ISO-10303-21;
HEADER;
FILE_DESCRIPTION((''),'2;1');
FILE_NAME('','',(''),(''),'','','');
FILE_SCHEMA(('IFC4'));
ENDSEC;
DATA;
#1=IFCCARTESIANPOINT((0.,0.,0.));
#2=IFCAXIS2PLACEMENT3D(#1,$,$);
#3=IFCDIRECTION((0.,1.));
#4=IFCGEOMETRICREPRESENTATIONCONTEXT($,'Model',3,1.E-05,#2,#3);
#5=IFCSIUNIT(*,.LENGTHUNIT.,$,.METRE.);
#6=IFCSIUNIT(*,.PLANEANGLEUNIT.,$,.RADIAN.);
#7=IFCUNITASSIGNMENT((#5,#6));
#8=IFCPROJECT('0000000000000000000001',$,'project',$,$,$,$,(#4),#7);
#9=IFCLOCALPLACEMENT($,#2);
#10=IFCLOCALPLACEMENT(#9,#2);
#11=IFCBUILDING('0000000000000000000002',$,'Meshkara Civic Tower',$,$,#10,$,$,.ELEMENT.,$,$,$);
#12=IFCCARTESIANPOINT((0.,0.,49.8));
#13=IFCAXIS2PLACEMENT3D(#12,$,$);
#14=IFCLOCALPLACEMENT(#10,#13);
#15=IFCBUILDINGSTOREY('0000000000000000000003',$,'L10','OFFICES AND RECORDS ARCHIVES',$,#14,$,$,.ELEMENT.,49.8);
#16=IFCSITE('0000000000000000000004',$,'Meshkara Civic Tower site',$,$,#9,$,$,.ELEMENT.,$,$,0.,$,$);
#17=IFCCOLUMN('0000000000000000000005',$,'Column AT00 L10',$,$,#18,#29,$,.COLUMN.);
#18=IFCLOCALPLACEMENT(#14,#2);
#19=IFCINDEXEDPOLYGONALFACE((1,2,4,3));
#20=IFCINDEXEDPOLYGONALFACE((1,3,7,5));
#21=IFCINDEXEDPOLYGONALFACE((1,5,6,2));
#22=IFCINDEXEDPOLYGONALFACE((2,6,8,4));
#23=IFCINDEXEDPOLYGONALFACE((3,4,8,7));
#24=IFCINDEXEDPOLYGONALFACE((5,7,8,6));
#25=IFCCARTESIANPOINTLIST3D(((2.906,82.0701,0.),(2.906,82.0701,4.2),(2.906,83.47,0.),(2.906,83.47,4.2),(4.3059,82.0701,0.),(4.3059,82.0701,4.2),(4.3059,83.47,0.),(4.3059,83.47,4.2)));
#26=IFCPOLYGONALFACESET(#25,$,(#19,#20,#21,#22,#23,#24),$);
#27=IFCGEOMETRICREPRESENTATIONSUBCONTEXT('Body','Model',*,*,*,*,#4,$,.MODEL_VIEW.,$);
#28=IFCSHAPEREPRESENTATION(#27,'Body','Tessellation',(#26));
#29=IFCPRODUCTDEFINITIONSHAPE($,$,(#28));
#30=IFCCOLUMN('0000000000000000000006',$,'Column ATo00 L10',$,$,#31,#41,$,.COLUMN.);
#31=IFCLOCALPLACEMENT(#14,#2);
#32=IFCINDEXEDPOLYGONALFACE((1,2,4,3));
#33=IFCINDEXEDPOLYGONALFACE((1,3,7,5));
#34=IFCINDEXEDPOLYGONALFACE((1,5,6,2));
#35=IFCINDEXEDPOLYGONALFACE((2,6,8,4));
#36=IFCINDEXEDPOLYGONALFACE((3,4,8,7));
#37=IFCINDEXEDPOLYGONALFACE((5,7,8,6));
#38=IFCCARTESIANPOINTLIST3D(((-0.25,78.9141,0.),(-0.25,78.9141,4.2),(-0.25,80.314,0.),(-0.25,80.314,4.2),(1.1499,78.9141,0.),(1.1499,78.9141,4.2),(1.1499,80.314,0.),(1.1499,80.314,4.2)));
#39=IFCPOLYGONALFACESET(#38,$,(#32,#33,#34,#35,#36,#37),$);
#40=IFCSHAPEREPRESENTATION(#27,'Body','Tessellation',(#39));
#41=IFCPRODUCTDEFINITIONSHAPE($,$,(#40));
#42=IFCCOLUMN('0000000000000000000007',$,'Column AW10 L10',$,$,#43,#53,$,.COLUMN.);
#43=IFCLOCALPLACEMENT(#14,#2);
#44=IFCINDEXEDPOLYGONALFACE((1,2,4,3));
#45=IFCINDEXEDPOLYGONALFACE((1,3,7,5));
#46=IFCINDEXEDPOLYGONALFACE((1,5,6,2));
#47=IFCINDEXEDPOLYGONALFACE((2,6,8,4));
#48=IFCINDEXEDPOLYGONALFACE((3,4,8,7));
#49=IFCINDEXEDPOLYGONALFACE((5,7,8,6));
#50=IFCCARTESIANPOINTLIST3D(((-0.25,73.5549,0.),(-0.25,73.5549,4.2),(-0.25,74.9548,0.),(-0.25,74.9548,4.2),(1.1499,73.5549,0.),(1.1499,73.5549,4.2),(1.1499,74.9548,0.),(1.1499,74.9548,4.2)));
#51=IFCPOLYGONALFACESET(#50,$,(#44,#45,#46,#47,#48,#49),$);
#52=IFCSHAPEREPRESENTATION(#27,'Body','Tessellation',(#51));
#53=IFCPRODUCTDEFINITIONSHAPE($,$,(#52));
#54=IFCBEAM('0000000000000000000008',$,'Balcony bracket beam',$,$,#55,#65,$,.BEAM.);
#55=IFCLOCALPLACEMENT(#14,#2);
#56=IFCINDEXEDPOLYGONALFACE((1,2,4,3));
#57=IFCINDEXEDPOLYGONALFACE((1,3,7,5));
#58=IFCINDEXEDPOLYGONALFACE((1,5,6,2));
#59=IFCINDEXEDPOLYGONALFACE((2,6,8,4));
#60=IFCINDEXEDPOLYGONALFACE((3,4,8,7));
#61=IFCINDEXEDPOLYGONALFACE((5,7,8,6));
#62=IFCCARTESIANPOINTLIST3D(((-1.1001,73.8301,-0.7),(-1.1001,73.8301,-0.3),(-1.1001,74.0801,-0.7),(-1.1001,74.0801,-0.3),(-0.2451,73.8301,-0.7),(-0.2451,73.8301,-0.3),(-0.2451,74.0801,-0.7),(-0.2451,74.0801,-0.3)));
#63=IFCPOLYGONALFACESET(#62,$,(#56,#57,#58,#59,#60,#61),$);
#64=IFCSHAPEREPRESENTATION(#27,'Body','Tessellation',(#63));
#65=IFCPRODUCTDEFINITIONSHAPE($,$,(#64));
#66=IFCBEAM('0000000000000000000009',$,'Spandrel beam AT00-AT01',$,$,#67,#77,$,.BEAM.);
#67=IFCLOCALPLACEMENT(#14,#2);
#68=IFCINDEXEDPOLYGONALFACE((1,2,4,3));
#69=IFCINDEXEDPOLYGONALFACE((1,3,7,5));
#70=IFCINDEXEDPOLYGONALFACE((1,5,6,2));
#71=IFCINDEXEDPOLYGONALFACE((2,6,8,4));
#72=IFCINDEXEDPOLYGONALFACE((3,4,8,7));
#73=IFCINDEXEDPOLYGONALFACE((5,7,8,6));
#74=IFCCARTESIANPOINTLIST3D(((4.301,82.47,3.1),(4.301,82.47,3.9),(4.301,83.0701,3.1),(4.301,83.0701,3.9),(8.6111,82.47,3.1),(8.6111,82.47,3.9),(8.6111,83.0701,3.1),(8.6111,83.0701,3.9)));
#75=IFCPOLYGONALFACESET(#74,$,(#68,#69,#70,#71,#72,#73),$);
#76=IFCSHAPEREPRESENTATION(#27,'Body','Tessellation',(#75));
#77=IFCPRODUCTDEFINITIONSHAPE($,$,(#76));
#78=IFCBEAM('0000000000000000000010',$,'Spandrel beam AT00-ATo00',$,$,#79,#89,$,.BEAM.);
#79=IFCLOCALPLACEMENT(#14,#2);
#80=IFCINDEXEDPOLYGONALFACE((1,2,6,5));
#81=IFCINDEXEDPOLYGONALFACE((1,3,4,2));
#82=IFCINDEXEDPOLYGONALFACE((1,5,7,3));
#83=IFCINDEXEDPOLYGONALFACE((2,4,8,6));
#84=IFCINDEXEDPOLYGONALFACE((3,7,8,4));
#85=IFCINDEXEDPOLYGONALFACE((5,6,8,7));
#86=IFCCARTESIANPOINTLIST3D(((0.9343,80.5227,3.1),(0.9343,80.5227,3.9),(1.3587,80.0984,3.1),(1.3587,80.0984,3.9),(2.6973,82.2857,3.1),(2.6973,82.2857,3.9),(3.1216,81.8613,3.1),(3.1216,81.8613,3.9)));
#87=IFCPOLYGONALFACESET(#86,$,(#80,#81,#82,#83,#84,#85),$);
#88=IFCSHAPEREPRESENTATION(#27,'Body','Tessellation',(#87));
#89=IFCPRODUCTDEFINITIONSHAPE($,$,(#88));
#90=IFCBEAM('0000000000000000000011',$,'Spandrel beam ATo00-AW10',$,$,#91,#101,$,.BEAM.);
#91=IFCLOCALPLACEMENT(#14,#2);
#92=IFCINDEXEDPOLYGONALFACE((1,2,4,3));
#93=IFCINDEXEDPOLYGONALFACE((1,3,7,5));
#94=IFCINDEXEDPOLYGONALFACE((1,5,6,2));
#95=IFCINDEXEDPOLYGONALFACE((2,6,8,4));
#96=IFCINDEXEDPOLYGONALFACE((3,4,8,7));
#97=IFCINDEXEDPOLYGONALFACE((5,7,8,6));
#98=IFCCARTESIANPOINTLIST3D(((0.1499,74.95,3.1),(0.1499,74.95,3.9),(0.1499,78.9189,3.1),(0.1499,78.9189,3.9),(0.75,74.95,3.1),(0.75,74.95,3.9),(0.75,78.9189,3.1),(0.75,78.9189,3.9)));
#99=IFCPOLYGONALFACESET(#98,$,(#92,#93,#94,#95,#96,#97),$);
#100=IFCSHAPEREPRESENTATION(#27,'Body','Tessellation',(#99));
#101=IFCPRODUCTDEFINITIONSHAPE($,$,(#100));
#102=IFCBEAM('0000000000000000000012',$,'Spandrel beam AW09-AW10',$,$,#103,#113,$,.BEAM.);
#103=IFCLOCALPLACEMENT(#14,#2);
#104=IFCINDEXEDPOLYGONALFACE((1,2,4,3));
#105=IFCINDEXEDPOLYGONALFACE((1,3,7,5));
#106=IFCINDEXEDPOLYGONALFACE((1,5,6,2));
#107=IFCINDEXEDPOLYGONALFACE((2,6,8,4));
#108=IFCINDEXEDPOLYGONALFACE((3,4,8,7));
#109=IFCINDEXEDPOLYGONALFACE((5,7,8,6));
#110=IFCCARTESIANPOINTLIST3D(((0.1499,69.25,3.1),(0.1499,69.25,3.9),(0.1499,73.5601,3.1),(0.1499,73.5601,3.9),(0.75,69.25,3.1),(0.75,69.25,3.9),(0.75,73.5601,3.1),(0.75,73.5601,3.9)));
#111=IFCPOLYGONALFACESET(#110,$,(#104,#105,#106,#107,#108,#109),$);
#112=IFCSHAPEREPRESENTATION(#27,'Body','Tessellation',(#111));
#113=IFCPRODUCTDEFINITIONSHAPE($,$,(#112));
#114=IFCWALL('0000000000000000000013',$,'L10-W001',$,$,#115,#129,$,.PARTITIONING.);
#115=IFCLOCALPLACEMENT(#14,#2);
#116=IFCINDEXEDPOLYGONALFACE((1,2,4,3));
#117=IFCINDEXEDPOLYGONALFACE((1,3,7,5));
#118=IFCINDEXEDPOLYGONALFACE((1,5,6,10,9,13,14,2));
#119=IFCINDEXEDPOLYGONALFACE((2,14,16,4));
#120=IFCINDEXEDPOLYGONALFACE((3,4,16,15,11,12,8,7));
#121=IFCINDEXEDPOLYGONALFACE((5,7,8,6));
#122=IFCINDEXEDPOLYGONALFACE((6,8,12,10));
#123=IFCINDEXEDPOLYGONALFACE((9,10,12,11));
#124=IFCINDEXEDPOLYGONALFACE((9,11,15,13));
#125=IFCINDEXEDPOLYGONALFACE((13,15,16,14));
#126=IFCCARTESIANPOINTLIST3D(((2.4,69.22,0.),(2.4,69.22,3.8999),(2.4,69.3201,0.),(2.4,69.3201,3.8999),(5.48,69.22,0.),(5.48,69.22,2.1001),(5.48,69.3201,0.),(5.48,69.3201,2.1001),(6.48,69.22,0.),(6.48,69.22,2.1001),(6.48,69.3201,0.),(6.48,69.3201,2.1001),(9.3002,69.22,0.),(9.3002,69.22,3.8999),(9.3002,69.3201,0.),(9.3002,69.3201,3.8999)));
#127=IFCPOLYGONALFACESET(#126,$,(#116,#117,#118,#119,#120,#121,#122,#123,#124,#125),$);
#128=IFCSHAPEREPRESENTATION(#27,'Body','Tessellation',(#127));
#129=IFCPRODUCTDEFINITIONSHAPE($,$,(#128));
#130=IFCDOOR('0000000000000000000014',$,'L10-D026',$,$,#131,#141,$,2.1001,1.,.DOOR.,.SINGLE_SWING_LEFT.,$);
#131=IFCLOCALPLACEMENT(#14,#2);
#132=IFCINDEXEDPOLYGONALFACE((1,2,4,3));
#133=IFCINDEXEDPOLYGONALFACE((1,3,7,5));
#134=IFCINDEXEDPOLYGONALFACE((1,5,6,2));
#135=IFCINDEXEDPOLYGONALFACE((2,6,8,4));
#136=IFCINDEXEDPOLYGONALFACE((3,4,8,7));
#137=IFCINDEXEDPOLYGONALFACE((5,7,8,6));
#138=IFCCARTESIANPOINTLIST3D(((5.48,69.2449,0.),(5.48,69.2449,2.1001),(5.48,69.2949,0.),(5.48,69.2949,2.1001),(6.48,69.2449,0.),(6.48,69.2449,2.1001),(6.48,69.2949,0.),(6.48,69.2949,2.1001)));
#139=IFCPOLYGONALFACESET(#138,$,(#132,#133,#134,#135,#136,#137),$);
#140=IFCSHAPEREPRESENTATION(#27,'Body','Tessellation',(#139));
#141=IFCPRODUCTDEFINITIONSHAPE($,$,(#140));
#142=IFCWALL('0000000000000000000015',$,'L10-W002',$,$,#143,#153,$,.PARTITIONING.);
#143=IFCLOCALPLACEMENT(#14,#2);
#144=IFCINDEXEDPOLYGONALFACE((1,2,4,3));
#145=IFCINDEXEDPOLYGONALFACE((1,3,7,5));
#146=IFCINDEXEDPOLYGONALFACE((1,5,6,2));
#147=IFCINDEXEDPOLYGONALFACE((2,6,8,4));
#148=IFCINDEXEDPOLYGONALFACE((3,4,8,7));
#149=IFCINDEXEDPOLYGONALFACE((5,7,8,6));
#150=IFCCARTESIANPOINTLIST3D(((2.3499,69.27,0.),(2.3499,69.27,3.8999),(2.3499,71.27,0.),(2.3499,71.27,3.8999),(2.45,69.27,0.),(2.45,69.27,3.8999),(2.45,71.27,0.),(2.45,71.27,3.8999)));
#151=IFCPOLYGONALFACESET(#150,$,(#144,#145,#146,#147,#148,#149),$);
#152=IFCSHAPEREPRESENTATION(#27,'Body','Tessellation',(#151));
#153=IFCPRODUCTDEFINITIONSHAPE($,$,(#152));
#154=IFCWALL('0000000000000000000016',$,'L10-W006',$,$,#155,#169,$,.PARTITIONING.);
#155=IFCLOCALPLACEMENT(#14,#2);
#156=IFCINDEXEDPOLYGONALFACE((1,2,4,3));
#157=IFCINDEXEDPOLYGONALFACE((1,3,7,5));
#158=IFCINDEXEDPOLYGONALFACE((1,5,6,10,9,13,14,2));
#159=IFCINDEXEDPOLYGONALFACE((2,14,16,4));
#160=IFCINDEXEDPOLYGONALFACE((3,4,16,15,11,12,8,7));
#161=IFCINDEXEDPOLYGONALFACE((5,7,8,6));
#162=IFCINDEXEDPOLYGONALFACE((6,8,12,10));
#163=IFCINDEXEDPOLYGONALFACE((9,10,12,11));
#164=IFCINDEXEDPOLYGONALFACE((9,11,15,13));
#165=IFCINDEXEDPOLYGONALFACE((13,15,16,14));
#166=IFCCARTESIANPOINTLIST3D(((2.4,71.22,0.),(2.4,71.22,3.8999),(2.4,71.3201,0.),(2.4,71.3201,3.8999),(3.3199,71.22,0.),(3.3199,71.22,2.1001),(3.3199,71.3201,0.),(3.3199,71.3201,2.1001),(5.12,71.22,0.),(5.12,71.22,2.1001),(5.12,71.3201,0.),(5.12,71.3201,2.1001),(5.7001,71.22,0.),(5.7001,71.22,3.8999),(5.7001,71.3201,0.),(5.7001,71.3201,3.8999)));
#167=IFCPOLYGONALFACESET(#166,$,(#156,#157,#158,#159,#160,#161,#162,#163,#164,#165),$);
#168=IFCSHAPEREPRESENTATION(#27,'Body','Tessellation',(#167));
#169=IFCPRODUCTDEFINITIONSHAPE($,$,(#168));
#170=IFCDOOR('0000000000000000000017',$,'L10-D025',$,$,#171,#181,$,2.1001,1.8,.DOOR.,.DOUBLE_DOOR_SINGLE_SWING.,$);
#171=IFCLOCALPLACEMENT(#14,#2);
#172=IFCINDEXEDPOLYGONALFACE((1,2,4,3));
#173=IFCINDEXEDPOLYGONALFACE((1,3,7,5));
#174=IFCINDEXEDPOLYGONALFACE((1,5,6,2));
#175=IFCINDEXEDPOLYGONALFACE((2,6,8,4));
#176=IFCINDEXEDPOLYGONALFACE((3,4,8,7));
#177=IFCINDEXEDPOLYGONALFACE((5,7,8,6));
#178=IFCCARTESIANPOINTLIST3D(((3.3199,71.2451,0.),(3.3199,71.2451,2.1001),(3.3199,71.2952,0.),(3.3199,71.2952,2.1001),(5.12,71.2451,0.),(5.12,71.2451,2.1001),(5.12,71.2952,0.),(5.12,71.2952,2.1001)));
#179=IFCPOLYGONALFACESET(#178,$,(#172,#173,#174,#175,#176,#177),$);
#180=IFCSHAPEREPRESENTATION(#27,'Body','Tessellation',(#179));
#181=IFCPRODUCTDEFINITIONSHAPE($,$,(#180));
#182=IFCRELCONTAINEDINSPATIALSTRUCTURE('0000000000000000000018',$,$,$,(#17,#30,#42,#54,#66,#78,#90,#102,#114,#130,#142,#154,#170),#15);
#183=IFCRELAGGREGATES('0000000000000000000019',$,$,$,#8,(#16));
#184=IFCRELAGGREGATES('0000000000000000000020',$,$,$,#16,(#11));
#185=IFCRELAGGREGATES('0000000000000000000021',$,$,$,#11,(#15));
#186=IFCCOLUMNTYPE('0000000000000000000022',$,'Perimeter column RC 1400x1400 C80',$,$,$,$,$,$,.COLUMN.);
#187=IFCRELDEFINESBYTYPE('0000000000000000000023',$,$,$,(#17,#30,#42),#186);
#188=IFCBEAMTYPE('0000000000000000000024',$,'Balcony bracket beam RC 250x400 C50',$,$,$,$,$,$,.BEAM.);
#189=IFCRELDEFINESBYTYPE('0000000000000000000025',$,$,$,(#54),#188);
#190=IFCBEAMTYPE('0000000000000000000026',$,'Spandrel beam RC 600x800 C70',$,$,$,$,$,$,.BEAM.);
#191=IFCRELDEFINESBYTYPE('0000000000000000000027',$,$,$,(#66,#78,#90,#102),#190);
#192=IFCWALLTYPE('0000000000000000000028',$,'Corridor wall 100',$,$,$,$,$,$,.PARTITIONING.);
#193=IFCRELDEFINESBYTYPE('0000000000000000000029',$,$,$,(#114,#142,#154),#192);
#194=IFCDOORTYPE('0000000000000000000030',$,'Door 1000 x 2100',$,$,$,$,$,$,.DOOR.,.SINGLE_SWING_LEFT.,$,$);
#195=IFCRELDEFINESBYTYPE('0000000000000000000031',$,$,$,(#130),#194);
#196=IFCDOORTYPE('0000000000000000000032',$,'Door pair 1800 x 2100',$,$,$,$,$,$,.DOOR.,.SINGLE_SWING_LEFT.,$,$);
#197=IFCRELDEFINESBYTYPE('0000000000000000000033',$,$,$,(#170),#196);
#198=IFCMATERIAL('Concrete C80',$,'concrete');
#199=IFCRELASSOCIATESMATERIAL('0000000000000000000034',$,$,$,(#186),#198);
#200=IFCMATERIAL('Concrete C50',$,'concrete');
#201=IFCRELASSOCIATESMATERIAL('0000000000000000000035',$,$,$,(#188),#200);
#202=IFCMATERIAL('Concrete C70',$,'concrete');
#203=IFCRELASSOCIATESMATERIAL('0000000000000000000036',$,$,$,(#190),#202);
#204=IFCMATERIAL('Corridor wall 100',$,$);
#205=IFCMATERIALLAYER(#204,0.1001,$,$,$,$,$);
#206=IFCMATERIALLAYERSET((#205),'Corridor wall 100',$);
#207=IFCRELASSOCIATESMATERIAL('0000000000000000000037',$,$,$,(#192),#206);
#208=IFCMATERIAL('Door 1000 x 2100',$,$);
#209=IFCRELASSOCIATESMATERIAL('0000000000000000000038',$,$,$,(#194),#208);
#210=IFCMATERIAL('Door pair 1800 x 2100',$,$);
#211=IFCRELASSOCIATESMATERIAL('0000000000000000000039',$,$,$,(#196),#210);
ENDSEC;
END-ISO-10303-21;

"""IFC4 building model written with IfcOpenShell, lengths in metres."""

from ifc_helpers import new_model, si_unit, direction, frame, frame_2d, origin, origin_2d, place, context, subcontext, project, spatial, rectangle, extrude, material, layer, layer_set, material_profile, profile_set, type_object, element, fill, save


model = new_model("IFC4")

# Units and contexts
model_context = context("Model", 3, precision=1e-05, world=origin(), true_north=direction((0.0, 1.0)))
body_context = subcontext(model_context, "Body", "Model", "MODEL_VIEW")
ifc_project = project(units=[si_unit("LENGTHUNIT", "METRE"), si_unit("PLANEANGLEUNIT", "RADIAN")], contexts=[model_context])

# Site, building, storey
site_placement = place(None, origin())
site = spatial("IfcSite", under=ifc_project, at=site_placement, Name="Meshkara Civic Tower site", CompositionType="ELEMENT", RefElevation=0.0)
building_placement = place(site_placement, origin())
building = spatial("IfcBuilding", under=site, at=building_placement, Name="Meshkara Civic Tower", CompositionType="ELEMENT")
storey_placement = place(building_placement, frame((0.0, 0.0, 49.8)))
storey = spatial("IfcBuildingStorey", under=building, at=storey_placement, Name="L10", Description="OFFICES AND RECORDS ARCHIVES", CompositionType="ELEMENT", Elevation=49.8)

# Columns
ifc_material_1 = material(Name="Concrete C80", Category="concrete")
ifc_material_profile_1 = material_profile(ifc_material_1, rectangle(XDim=1.3999, YDim=1.3999, at=origin_2d()))
ifc_profile_set_1 = profile_set([ifc_material_profile_1], Name="Concrete C80")
column_type = type_object("IfcColumnType", Name="Perimeter column RC 1400x1400 C80", PredefinedType="COLUMN", material=ifc_profile_set_1)
for number, where, z_axis, x_axis, name in (
    (1, (3.606, 82.77, 0.0), (0.0, 0.0, 1.0), (1.0, 0.0, 0.0), "Column AT00 L10"),
    (2, (0.45, 79.614, 0.0), (0.0, 0.0, 1.0), (1.0, 0.0, 0.0), "Column ATo00 L10"),
    (3, (0.45, 74.2549, 0.0), (0.0, 0.0, 1.0), (1.0, 0.0, 0.0), "Column AW10 L10"),
):
    element("IfcColumn", number, at=place(storey_placement, frame(where, z_axis=z_axis, x_axis=x_axis)), inside=storey, type_object=column_type, Name=name, PredefinedType="COLUMN", context=body_context, shape_type="SweptSolid", body=[
        extrude(rectangle(XDim=1.3999, YDim=1.3999, at=origin_2d()), origin(), (0.0, 0.0, 1.0), 4.2),
    ])

# Beams
ifc_material_2 = material(Name="Concrete C50", Category="concrete")
ifc_material_profile_2 = material_profile(ifc_material_2, rectangle(XDim=0.25, YDim=0.3999, at=origin_2d()))
ifc_profile_set_2 = profile_set([ifc_material_profile_2], Name="Concrete C50")
beam_type_1 = type_object("IfcBeamType", Name="Balcony bracket beam RC 250x400 C50", PredefinedType="BEAM", material=ifc_profile_set_2)
beam_1_placement = place(storey_placement, frame((-0.2451, 73.9551, -0.5), z_axis=(-1.0, 0.0, 0.0), x_axis=(0.0, -1.0, 0.0)))
element("IfcBeam", 4, at=beam_1_placement, inside=storey, type_object=beam_type_1, Name="Balcony bracket beam", PredefinedType="BEAM", context=body_context, shape_type="SweptSolid", body=[
    extrude(rectangle(XDim=0.25, YDim=0.3999, at=origin_2d()), origin(), (0.0, 0.0, 1.0), 0.855),
])
ifc_material_3 = material(Name="Concrete C70", Category="concrete")
ifc_material_profile_3 = material_profile(ifc_material_3, rectangle(XDim=0.6001, YDim=0.8, at=origin_2d()))
ifc_profile_set_3 = profile_set([ifc_material_profile_3], Name="Concrete C70")
beam_type_2 = type_object("IfcBeamType", Name="Spandrel beam RC 600x800 C70", PredefinedType="BEAM", material=ifc_profile_set_3)
beam_2_placement = place(storey_placement, frame((8.6111, 82.77, 3.5), z_axis=(-1.0, 0.0, 0.0), x_axis=(0.0, -1.0, 0.0)))
element("IfcBeam", 5, at=beam_2_placement, inside=storey, type_object=beam_type_2, Name="Spandrel beam AT00-AT01", PredefinedType="BEAM", context=body_context, shape_type="SweptSolid", body=[
    extrude(rectangle(XDim=0.6001, YDim=0.8, at=origin_2d()), origin(), (0.0, 0.0, 1.0), 4.3101),
])
beam_3_placement = place(storey_placement, frame((2.9094, 82.0735, 3.5), z_axis=(-0.707107, -0.707107, 0.0), x_axis=(0.707107, -0.707107, 0.0)))
element("IfcBeam", 6, at=beam_3_placement, inside=storey, type_object=beam_type_2, Name="Spandrel beam AT00-ATo00", PredefinedType="BEAM", context=body_context, shape_type="SweptSolid", body=[
    extrude(rectangle(XDim=0.6001, YDim=0.8, at=origin_2d()), origin(), (0.0, 0.0, 1.0), 2.4932),
])
beam_4_placement = place(storey_placement, frame((0.45, 78.9189, 3.5), z_axis=(0.0, -1.0, 0.0), x_axis=(1.0, 0.0, 0.0)))
element("IfcBeam", 7, at=beam_4_placement, inside=storey, type_object=beam_type_2, Name="Spandrel beam ATo00-AW10", PredefinedType="BEAM", context=body_context, shape_type="SweptSolid", body=[
    extrude(rectangle(XDim=0.6001, YDim=0.8, at=origin_2d()), origin(), (0.0, 0.0, 1.0), 3.969),
])
beam_5_placement = place(storey_placement, frame((0.45, 73.5601, 3.5), z_axis=(0.0, -1.0, 0.0), x_axis=(1.0, 0.0, 0.0)))
element("IfcBeam", 8, at=beam_5_placement, inside=storey, type_object=beam_type_2, Name="Spandrel beam AW09-AW10", PredefinedType="BEAM", context=body_context, shape_type="SweptSolid", body=[
    extrude(rectangle(XDim=0.6001, YDim=0.8, at=origin_2d()), origin(), (0.0, 0.0, 1.0), 4.3101),
])

# Wall, opening, door
ifc_material_4 = material(Name="Corridor wall 100")
ifc_layer_1 = layer(ifc_material_4, 0.1001)
ifc_layer_set_1 = layer_set([ifc_layer_1], Name="Corridor wall 100")
wall_type_1 = type_object("IfcWallType", Name="Corridor wall 100", PredefinedType="PARTITIONING", material=ifc_layer_set_1)
wall_1_placement = place(storey_placement, frame((2.3999, 69.27, 0.0), z_axis=(0.0, 0.0, 1.0), x_axis=(1.0, 0.0, 0.0)))
wall_1 = element("IfcWall", 9, at=wall_1_placement, inside=storey, type_object=wall_type_1, Name="L10-W001", PredefinedType="PARTITIONING", context=body_context, shape_type="SweptSolid", body=[
    extrude(rectangle(XDim=6.9001, YDim=0.1001, at=frame_2d((3.4502, 0.0))), origin(), (0.0, 0.0, 1.0), 3.8999),
])
opening_1_placement = place(wall_1_placement, frame((3.0801, 0.0, 0.0)))
opening_1 = element("IfcOpeningElement", 10, at=opening_1_placement, cuts=wall_1, PredefinedType="OPENING", context=body_context, shape_type="SweptSolid", body=[
    extrude(rectangle(XDim=1.0, YDim=2.1001, at=frame_2d((0.5, 1.05))), frame((0.0, 0.0601, 0.0), z_axis=(0.0, -1.0, 0.0), x_axis=(1.0, 0.0, 0.0)), (0.0, 0.0, 1.0), 0.1201),
])
ifc_material_5 = material(Name="Door 1000 x 2100")
door_type_1 = type_object("IfcDoorType", Name="Door 1000 x 2100", OperationType="SINGLE_SWING_LEFT", PredefinedType="DOOR", material=ifc_material_5)
door_1_placement = place(opening_1_placement, origin())
door_1 = element("IfcDoor", 11, at=door_1_placement, inside=storey, type_object=door_type_1, Name="L10-D026", OperationType="SINGLE_SWING_LEFT", OverallHeight=2.1001, OverallWidth=1.0, PredefinedType="DOOR", context=body_context, shape_type="SweptSolid", body=[
    extrude(rectangle(XDim=1.0, YDim=2.1001, at=frame_2d((0.5, 1.05))), frame((0.0, 0.0249, 0.0), z_axis=(0.0, -1.0, 0.0), x_axis=(1.0, 0.0, 0.0)), (0.0, 0.0, 1.0), 0.05),
])
fill(opening_1, door_1)

# Wall
wall_2_placement = place(storey_placement, frame((2.3999, 71.27, 0.0), z_axis=(0.0, 0.0, 1.0), x_axis=(0.0, -1.0, 0.0)))
element("IfcWall", 12, at=wall_2_placement, inside=storey, type_object=wall_type_1, Name="L10-W002", PredefinedType="PARTITIONING", context=body_context, shape_type="SweptSolid", body=[
    extrude(rectangle(XDim=2.0, YDim=0.1001, at=frame_2d((1.0, 0.0))), origin(), (0.0, 0.0, 1.0), 3.8999),
])

# Wall, opening, door
wall_3_placement = place(storey_placement, frame((5.7, 71.27, 0.0), z_axis=(0.0, 0.0, 1.0), x_axis=(-1.0, 0.0, 0.0)))
wall_3 = element("IfcWall", 13, at=wall_3_placement, inside=storey, type_object=wall_type_1, Name="L10-W006", PredefinedType="PARTITIONING", context=body_context, shape_type="SweptSolid", body=[
    extrude(rectangle(XDim=3.3, YDim=0.1001, at=frame_2d((1.6499, 0.0))), origin(), (0.0, 0.0, 1.0), 3.8999),
])
opening_2_placement = place(wall_3_placement, frame((0.5801, 0.0, 0.0)))
opening_2 = element("IfcOpeningElement", 14, at=opening_2_placement, cuts=wall_3, PredefinedType="OPENING", context=body_context, shape_type="SweptSolid", body=[
    extrude(rectangle(XDim=1.8, YDim=2.1001, at=frame_2d((0.8999, 1.05))), frame((0.0, 0.0601, 0.0), z_axis=(0.0, -1.0, 0.0), x_axis=(1.0, 0.0, 0.0)), (0.0, 0.0, 1.0), 0.1201),
])
ifc_material_6 = material(Name="Door pair 1800 x 2100")
door_type_2 = type_object("IfcDoorType", Name="Door pair 1800 x 2100", OperationType="SINGLE_SWING_LEFT", PredefinedType="DOOR", material=ifc_material_6)
door_2_placement = place(opening_2_placement, origin())
door_2 = element("IfcDoor", 15, at=door_2_placement, inside=storey, type_object=door_type_2, Name="L10-D025", OperationType="DOUBLE_DOOR_SINGLE_SWING", OverallHeight=2.1001, OverallWidth=1.8, PredefinedType="DOOR", context=body_context, shape_type="SweptSolid", body=[
    extrude(rectangle(XDim=1.8, YDim=2.1001, at=frame_2d((0.8999, 1.05))), frame((0.0, 0.0249, 0.0), z_axis=(0.0, -1.0, 0.0), x_axis=(1.0, 0.0, 0.0)), (0.0, 0.0, 1.0), 0.05),
])
fill(opening_2, door_2)

save(model, "model.ifc")
